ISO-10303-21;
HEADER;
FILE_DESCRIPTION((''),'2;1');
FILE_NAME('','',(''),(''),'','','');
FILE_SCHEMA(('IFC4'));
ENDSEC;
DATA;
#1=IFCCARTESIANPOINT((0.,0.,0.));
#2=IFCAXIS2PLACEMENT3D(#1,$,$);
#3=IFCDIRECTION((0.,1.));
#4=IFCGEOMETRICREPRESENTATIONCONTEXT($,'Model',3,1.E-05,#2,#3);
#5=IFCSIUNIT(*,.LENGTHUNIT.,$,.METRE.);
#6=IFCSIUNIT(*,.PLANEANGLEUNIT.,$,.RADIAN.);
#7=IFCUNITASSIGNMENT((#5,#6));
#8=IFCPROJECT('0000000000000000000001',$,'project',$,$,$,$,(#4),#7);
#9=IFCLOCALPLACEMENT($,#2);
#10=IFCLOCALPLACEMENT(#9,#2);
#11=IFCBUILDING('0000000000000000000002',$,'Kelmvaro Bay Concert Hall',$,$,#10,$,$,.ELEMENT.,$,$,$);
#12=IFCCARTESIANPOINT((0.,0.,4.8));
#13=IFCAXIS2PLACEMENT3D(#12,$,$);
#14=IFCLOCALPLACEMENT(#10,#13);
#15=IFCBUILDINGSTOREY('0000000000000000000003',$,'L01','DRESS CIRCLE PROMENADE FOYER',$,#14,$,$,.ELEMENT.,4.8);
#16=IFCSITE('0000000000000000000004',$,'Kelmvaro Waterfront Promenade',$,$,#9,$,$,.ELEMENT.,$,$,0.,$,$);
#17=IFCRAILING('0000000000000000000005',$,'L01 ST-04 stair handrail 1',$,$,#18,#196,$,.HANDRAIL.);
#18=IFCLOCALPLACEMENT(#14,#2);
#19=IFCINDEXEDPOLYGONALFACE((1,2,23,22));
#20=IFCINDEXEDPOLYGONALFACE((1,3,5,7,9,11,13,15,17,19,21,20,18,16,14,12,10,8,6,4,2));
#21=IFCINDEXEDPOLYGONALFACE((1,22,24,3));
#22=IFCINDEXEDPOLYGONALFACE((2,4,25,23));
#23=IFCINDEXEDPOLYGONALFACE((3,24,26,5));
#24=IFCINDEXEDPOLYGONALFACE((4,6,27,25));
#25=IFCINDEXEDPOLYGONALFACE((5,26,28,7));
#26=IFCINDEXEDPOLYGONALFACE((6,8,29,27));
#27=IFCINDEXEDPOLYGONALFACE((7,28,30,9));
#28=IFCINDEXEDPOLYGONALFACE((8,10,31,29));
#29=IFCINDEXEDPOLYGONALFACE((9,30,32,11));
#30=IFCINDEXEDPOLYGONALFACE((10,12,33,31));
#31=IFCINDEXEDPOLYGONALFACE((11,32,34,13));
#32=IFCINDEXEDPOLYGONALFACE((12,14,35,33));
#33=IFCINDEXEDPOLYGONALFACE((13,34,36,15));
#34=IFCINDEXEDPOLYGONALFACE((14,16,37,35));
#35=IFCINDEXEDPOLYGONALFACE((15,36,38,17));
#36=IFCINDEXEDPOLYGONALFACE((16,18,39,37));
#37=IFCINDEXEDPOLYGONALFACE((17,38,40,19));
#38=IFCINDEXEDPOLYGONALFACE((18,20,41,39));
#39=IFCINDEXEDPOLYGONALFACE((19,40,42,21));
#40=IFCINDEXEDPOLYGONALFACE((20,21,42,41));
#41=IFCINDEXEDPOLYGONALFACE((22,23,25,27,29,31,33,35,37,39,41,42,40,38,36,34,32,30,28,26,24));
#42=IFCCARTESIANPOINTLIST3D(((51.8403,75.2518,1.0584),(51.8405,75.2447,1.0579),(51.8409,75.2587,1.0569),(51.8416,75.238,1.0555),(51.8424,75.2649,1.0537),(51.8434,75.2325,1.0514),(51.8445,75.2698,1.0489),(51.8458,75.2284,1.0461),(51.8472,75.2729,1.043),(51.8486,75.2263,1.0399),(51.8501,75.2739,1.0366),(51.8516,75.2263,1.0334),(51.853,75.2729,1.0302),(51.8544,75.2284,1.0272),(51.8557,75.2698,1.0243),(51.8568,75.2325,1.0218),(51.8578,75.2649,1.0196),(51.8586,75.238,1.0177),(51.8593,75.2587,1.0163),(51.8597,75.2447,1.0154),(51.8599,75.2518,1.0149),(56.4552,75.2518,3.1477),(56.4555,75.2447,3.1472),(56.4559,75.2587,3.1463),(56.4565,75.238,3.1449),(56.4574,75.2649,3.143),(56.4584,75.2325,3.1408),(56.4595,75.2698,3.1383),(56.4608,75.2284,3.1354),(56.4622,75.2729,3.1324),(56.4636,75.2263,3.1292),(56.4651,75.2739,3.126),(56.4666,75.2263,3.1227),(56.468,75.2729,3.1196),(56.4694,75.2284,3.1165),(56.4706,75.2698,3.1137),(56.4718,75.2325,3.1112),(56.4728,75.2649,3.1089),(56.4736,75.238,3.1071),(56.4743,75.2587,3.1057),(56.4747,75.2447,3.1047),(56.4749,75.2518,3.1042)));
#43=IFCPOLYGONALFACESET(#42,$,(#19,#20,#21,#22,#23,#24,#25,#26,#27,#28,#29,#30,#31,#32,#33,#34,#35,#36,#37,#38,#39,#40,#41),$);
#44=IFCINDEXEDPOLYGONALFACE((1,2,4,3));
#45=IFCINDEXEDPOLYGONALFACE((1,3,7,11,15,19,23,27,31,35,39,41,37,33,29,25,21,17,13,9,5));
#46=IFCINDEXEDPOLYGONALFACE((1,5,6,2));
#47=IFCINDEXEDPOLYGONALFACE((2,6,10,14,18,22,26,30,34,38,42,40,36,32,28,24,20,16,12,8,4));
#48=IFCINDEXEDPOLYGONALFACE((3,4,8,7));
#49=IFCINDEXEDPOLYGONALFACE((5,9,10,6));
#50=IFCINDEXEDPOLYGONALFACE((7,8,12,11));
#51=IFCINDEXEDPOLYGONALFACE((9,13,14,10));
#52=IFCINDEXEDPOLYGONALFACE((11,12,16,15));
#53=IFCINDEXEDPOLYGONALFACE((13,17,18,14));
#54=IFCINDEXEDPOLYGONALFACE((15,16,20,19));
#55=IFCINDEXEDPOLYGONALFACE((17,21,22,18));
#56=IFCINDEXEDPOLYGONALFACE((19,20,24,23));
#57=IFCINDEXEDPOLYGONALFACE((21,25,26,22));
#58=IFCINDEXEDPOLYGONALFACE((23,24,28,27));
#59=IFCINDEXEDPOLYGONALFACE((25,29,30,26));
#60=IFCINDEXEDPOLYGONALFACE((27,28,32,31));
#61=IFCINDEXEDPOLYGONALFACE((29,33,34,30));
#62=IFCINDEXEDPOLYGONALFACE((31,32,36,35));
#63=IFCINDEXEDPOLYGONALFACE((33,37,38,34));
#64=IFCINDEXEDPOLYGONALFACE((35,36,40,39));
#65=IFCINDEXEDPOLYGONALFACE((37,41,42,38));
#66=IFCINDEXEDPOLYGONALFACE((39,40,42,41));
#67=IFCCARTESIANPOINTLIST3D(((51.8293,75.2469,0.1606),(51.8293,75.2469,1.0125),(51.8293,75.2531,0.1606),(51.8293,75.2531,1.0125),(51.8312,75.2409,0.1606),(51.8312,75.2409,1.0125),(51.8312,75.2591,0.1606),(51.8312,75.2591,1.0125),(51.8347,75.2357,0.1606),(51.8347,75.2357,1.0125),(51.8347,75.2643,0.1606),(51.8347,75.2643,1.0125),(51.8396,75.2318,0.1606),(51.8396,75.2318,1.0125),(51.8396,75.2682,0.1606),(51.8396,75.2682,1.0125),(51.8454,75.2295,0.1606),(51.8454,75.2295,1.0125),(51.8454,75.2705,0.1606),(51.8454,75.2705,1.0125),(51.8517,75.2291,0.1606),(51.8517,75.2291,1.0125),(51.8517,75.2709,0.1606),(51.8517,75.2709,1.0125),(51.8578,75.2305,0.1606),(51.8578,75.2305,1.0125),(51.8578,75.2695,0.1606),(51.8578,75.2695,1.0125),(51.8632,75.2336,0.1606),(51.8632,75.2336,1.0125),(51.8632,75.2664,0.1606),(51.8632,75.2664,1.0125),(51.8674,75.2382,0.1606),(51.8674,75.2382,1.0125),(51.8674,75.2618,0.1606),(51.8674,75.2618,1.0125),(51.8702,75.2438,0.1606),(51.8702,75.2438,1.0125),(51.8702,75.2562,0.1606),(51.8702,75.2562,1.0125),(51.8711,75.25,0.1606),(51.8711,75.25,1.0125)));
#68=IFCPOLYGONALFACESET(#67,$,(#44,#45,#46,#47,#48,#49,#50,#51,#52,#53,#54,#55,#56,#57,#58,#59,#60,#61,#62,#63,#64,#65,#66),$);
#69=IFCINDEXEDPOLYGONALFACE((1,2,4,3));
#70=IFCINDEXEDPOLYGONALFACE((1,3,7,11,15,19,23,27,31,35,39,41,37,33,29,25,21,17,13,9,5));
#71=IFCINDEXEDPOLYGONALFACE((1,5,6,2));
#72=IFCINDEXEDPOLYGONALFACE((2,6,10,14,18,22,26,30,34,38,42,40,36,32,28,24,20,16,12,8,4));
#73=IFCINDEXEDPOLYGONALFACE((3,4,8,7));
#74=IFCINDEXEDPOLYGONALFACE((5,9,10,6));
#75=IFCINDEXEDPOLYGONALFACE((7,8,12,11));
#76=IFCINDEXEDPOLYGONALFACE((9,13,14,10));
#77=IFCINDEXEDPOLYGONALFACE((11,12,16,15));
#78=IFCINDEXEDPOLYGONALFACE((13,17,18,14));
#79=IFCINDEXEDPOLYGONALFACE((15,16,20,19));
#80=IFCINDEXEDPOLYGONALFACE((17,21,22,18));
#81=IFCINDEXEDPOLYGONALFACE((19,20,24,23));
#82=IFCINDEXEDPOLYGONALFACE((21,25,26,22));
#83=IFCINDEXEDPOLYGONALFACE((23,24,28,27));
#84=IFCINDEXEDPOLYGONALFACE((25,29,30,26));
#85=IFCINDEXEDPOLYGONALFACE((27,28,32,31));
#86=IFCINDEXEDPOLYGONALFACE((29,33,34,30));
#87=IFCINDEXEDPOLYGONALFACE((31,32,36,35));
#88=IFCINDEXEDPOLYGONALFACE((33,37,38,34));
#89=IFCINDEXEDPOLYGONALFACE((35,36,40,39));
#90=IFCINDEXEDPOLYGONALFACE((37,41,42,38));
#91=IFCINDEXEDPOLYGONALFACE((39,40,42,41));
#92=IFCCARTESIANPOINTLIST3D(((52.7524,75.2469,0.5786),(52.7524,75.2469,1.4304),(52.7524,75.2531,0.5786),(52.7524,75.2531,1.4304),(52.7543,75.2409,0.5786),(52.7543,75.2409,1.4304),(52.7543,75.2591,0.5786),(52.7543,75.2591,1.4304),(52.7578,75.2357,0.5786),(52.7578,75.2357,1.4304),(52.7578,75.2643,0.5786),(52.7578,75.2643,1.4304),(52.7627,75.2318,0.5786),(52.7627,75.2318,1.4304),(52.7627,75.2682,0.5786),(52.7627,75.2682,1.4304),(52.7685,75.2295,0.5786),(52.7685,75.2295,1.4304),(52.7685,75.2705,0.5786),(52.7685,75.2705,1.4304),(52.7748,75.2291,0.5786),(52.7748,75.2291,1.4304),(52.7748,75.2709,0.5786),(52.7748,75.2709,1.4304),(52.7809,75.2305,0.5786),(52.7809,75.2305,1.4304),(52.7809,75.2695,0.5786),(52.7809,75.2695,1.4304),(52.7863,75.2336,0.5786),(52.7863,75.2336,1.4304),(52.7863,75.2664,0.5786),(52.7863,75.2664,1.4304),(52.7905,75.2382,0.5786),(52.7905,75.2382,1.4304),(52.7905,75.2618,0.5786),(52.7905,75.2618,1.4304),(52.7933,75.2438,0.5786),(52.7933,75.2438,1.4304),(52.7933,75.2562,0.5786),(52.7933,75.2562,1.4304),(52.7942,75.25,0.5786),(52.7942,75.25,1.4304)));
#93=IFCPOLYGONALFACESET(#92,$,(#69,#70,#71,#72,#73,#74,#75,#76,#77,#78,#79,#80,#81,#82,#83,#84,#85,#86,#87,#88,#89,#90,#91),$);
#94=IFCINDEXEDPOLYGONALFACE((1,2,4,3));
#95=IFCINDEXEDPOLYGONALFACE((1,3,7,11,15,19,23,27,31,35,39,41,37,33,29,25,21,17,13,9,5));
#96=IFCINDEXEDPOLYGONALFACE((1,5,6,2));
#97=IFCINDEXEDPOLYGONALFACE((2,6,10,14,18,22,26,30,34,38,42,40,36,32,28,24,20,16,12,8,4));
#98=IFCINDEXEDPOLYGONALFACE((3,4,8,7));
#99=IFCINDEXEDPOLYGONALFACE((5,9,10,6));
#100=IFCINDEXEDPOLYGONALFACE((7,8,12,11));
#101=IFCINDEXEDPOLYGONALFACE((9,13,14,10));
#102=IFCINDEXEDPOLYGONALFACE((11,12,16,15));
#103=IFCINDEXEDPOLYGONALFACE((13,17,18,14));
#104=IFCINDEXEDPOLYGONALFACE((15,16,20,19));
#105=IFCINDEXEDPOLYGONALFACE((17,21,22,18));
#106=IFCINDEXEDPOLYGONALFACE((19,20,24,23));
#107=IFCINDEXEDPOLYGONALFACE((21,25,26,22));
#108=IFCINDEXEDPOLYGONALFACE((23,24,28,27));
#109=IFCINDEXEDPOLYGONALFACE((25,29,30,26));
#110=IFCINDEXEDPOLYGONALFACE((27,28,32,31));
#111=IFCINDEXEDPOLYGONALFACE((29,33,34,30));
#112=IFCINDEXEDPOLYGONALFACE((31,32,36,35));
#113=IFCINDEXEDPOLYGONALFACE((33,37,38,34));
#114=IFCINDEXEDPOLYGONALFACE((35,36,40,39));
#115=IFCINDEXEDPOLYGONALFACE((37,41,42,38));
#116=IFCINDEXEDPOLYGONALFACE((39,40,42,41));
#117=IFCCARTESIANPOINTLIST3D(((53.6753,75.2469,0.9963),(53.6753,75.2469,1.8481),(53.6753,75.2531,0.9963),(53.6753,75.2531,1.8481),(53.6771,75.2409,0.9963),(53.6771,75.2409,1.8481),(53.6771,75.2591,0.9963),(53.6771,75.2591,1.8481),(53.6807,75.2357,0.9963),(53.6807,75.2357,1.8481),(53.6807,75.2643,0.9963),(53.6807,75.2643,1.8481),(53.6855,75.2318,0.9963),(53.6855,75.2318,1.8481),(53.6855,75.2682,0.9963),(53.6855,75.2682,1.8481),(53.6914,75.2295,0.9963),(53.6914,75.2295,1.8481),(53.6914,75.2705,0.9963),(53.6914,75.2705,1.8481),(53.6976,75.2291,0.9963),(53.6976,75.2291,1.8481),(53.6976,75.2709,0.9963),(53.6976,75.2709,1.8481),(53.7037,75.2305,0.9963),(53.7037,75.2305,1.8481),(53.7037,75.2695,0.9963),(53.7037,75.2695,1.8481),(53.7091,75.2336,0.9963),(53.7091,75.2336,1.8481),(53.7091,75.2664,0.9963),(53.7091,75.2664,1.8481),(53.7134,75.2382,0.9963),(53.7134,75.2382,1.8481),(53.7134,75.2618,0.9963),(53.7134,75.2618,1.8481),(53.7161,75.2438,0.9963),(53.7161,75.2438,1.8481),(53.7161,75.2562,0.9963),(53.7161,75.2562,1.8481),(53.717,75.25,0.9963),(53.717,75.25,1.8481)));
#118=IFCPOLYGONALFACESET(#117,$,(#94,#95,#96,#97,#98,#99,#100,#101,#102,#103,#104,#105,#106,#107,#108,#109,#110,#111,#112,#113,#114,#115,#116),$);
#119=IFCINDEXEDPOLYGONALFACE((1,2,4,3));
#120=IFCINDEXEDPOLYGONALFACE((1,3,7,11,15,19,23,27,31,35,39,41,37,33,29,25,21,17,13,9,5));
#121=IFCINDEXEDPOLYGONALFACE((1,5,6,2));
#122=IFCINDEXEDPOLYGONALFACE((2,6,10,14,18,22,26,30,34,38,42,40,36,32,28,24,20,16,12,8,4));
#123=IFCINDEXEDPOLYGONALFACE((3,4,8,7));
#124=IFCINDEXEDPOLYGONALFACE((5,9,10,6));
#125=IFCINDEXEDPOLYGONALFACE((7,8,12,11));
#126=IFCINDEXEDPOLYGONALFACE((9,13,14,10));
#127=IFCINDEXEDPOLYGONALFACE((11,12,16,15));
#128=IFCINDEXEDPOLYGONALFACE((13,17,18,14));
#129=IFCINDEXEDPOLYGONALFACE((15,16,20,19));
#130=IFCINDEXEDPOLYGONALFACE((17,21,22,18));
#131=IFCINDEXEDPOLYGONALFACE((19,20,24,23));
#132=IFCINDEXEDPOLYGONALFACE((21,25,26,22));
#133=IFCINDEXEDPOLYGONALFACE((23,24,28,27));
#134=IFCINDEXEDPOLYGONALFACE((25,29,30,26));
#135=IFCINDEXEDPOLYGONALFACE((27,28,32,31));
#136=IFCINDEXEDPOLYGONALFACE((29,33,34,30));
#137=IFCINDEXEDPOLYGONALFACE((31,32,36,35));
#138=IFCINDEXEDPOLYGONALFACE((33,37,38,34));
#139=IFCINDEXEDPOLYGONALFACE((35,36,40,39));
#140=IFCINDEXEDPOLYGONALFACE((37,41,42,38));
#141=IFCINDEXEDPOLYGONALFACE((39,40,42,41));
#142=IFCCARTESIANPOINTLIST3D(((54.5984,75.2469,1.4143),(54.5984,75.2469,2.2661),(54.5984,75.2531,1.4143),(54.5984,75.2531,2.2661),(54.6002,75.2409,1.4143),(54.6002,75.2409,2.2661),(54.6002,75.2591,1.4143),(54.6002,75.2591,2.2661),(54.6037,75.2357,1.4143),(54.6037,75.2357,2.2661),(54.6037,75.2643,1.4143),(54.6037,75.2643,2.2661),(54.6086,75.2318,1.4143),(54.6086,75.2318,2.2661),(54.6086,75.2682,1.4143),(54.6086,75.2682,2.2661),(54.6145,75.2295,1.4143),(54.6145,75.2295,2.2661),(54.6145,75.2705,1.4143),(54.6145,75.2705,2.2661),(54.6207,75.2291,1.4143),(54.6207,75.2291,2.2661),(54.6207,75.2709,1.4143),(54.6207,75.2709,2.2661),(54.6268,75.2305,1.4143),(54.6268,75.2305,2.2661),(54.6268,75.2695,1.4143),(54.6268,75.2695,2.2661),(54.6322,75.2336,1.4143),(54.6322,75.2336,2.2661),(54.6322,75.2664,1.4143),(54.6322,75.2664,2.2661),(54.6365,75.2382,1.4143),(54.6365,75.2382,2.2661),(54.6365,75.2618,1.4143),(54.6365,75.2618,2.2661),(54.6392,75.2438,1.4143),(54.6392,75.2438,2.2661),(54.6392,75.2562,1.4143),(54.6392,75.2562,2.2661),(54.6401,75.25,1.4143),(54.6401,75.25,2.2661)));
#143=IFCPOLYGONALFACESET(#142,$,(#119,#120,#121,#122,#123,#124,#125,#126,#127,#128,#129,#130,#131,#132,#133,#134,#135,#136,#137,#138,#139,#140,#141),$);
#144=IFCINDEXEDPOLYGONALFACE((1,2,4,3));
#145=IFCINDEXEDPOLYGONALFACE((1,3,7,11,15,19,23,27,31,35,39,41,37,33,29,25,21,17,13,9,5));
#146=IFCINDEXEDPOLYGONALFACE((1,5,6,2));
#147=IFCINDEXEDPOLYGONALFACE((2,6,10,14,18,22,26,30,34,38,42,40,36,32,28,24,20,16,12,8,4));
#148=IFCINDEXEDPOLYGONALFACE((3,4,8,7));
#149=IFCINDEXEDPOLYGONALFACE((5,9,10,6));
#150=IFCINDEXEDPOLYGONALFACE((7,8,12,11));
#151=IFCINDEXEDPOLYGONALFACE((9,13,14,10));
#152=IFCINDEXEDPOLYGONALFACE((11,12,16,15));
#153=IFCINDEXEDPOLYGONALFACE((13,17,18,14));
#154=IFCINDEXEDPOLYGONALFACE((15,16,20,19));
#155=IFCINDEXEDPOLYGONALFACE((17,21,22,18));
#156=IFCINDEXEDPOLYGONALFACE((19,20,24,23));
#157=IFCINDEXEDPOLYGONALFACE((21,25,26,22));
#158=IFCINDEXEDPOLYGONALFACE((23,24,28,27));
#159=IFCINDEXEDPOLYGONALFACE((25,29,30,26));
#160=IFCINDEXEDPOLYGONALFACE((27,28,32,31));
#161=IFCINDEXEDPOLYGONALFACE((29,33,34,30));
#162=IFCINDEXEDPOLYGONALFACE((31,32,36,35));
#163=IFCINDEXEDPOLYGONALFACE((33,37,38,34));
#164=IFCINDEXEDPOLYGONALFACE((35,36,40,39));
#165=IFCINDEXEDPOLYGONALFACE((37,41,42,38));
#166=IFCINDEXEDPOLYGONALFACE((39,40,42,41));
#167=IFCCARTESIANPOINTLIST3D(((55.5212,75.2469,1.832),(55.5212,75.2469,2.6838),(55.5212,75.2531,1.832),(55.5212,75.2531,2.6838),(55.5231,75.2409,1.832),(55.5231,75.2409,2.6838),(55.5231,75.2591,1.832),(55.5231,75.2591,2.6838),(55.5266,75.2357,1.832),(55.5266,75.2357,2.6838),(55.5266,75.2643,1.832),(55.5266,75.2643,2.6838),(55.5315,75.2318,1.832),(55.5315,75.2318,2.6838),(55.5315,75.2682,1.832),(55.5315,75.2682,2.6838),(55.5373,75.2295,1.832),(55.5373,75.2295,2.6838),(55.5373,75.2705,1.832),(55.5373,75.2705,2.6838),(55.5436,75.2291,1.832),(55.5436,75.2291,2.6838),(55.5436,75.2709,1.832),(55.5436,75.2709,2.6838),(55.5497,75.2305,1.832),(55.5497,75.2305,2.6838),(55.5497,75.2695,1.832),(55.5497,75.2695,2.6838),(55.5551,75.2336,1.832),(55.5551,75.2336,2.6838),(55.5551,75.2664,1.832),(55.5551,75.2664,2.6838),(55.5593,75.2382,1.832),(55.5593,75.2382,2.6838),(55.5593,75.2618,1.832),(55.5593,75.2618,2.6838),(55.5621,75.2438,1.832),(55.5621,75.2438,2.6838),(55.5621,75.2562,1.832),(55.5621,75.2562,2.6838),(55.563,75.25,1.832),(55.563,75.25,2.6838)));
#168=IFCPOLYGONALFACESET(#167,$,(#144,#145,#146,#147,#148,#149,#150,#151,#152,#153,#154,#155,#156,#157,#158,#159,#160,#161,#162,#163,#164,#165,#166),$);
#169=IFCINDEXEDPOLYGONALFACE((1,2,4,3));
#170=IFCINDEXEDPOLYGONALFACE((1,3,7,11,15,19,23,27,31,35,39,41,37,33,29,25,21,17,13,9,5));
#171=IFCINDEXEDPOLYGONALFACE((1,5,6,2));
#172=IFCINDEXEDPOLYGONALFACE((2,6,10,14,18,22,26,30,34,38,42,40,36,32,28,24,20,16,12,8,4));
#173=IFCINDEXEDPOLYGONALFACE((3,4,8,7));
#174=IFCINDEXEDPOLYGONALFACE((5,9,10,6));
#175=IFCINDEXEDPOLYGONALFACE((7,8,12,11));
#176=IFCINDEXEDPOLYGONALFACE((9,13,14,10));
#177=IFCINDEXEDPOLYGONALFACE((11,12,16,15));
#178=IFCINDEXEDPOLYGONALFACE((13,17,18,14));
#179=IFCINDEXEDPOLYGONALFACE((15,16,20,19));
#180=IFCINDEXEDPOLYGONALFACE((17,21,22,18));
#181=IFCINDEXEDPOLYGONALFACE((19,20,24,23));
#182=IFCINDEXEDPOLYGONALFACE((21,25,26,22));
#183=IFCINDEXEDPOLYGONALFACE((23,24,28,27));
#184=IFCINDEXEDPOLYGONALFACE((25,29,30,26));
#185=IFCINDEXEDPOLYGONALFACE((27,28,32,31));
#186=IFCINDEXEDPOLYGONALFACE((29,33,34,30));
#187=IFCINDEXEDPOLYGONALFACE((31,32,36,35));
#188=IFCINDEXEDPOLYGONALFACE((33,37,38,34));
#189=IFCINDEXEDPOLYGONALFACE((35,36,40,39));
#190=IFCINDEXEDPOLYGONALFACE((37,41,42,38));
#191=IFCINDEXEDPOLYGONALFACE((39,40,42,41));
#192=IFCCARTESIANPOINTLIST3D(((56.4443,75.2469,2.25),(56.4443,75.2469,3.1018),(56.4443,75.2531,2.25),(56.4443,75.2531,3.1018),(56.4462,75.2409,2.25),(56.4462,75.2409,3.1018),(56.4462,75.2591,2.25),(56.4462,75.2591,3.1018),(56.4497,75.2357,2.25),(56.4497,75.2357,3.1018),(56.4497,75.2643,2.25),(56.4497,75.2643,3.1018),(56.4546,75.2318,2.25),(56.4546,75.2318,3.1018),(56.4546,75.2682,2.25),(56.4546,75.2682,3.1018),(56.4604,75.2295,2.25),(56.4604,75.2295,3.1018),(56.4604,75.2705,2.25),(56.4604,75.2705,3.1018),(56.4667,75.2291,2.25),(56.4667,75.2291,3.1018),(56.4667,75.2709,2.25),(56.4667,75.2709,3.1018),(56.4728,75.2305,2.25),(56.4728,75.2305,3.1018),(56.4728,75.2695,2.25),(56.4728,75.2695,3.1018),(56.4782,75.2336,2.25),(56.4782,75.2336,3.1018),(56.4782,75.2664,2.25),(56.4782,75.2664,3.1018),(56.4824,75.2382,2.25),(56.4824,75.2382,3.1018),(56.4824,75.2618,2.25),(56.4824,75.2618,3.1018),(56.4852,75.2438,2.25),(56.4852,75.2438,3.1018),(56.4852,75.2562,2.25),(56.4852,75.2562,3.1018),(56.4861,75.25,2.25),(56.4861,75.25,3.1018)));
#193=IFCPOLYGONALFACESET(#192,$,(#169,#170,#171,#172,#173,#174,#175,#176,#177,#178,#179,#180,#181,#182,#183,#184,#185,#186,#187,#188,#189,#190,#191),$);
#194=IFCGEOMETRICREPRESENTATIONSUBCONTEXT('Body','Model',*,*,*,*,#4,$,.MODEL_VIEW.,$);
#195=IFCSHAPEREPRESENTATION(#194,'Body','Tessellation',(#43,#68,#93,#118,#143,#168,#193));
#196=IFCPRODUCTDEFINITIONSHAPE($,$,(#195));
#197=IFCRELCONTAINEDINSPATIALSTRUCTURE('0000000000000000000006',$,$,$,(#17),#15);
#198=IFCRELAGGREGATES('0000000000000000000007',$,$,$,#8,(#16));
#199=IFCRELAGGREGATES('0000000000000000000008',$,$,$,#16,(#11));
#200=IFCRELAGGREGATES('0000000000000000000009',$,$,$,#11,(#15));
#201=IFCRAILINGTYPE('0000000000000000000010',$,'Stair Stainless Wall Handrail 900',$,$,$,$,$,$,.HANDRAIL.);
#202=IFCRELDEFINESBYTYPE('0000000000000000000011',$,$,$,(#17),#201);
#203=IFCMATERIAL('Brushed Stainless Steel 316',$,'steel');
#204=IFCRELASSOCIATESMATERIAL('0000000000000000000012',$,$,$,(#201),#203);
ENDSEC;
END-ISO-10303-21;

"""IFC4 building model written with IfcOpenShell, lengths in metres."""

from ifc_helpers import new_model, si_unit, direction, frame, origin, origin_2d, place, context, subcontext, project, spatial, circle, extrude, material, type_object, element, save


model = new_model("IFC4")

# Units and contexts
model_context = context("Model", 3, precision=1e-05, world=origin(), true_north=direction((0.0, 1.0)))
body_context = subcontext(model_context, "Body", "Model", "MODEL_VIEW")
ifc_project = project(units=[si_unit("LENGTHUNIT", "METRE"), si_unit("PLANEANGLEUNIT", "RADIAN")], contexts=[model_context])

# Site, building, storey
site_placement = place(None, origin())
site = spatial("IfcSite", under=ifc_project, at=site_placement, Name="Kelmvaro Waterfront Promenade", CompositionType="ELEMENT", RefElevation=0.0)
building_placement = place(site_placement, origin())
building = spatial("IfcBuilding", under=site, at=building_placement, Name="Kelmvaro Bay Concert Hall", CompositionType="ELEMENT")
storey_placement = place(building_placement, frame((0.0, 0.0, 4.8)))
storey = spatial("IfcBuildingStorey", under=building, at=storey_placement, Name="L01", Description="DRESS CIRCLE PROMENADE FOYER", CompositionType="ELEMENT", Elevation=4.8)

# Railing
ifc_material_1 = material(Name="Brushed Stainless Steel 316", Category="steel")
railing_type_1 = type_object("IfcRailingType", Name="Stair Stainless Wall Handrail 900", PredefinedType="HANDRAIL", material=ifc_material_1)
railing_1_placement = place(storey_placement, frame((51.8501, 75.25, 0.1606)))
element("IfcRailing", 1, at=railing_1_placement, inside=storey, type_object=railing_type_1, Name="L01 ST-04 stair handrail 1", PredefinedType="HANDRAIL", context=body_context, shape_type="SweptSolid", body=[
    extrude(circle(Radius=0.0239, at=origin_2d()), frame((0.0, 0.0, 0.876), z_axis=(0.910988, 0.0, 0.412434), x_axis=(0.0, 1.0, 0.0)), (0.0, 0.0, 1.0), 5.0659),
    extrude(circle(Radius=0.021, at=origin_2d()), origin(), (0.0, 0.0, 1.0), 0.8518),
    extrude(circle(Radius=0.021, at=origin_2d()), frame((0.9231, 0.0, 0.418)), (0.0, 0.0, 1.0), 0.8518),
    extrude(circle(Radius=0.021, at=origin_2d()), frame((1.8459, 0.0, 0.8357)), (0.0, 0.0, 1.0), 0.8518),
    extrude(circle(Radius=0.021, at=origin_2d()), frame((2.769, 0.0, 1.2537)), (0.0, 0.0, 1.0), 0.8518),
    extrude(circle(Radius=0.021, at=origin_2d()), frame((3.6919, 0.0, 1.6714)), (0.0, 0.0, 1.0), 0.8518),
    extrude(circle(Radius=0.021, at=origin_2d()), frame((4.615, 0.0, 2.0894)), (0.0, 0.0, 1.0), 0.8518),
])

save(model, "model.ifc")
